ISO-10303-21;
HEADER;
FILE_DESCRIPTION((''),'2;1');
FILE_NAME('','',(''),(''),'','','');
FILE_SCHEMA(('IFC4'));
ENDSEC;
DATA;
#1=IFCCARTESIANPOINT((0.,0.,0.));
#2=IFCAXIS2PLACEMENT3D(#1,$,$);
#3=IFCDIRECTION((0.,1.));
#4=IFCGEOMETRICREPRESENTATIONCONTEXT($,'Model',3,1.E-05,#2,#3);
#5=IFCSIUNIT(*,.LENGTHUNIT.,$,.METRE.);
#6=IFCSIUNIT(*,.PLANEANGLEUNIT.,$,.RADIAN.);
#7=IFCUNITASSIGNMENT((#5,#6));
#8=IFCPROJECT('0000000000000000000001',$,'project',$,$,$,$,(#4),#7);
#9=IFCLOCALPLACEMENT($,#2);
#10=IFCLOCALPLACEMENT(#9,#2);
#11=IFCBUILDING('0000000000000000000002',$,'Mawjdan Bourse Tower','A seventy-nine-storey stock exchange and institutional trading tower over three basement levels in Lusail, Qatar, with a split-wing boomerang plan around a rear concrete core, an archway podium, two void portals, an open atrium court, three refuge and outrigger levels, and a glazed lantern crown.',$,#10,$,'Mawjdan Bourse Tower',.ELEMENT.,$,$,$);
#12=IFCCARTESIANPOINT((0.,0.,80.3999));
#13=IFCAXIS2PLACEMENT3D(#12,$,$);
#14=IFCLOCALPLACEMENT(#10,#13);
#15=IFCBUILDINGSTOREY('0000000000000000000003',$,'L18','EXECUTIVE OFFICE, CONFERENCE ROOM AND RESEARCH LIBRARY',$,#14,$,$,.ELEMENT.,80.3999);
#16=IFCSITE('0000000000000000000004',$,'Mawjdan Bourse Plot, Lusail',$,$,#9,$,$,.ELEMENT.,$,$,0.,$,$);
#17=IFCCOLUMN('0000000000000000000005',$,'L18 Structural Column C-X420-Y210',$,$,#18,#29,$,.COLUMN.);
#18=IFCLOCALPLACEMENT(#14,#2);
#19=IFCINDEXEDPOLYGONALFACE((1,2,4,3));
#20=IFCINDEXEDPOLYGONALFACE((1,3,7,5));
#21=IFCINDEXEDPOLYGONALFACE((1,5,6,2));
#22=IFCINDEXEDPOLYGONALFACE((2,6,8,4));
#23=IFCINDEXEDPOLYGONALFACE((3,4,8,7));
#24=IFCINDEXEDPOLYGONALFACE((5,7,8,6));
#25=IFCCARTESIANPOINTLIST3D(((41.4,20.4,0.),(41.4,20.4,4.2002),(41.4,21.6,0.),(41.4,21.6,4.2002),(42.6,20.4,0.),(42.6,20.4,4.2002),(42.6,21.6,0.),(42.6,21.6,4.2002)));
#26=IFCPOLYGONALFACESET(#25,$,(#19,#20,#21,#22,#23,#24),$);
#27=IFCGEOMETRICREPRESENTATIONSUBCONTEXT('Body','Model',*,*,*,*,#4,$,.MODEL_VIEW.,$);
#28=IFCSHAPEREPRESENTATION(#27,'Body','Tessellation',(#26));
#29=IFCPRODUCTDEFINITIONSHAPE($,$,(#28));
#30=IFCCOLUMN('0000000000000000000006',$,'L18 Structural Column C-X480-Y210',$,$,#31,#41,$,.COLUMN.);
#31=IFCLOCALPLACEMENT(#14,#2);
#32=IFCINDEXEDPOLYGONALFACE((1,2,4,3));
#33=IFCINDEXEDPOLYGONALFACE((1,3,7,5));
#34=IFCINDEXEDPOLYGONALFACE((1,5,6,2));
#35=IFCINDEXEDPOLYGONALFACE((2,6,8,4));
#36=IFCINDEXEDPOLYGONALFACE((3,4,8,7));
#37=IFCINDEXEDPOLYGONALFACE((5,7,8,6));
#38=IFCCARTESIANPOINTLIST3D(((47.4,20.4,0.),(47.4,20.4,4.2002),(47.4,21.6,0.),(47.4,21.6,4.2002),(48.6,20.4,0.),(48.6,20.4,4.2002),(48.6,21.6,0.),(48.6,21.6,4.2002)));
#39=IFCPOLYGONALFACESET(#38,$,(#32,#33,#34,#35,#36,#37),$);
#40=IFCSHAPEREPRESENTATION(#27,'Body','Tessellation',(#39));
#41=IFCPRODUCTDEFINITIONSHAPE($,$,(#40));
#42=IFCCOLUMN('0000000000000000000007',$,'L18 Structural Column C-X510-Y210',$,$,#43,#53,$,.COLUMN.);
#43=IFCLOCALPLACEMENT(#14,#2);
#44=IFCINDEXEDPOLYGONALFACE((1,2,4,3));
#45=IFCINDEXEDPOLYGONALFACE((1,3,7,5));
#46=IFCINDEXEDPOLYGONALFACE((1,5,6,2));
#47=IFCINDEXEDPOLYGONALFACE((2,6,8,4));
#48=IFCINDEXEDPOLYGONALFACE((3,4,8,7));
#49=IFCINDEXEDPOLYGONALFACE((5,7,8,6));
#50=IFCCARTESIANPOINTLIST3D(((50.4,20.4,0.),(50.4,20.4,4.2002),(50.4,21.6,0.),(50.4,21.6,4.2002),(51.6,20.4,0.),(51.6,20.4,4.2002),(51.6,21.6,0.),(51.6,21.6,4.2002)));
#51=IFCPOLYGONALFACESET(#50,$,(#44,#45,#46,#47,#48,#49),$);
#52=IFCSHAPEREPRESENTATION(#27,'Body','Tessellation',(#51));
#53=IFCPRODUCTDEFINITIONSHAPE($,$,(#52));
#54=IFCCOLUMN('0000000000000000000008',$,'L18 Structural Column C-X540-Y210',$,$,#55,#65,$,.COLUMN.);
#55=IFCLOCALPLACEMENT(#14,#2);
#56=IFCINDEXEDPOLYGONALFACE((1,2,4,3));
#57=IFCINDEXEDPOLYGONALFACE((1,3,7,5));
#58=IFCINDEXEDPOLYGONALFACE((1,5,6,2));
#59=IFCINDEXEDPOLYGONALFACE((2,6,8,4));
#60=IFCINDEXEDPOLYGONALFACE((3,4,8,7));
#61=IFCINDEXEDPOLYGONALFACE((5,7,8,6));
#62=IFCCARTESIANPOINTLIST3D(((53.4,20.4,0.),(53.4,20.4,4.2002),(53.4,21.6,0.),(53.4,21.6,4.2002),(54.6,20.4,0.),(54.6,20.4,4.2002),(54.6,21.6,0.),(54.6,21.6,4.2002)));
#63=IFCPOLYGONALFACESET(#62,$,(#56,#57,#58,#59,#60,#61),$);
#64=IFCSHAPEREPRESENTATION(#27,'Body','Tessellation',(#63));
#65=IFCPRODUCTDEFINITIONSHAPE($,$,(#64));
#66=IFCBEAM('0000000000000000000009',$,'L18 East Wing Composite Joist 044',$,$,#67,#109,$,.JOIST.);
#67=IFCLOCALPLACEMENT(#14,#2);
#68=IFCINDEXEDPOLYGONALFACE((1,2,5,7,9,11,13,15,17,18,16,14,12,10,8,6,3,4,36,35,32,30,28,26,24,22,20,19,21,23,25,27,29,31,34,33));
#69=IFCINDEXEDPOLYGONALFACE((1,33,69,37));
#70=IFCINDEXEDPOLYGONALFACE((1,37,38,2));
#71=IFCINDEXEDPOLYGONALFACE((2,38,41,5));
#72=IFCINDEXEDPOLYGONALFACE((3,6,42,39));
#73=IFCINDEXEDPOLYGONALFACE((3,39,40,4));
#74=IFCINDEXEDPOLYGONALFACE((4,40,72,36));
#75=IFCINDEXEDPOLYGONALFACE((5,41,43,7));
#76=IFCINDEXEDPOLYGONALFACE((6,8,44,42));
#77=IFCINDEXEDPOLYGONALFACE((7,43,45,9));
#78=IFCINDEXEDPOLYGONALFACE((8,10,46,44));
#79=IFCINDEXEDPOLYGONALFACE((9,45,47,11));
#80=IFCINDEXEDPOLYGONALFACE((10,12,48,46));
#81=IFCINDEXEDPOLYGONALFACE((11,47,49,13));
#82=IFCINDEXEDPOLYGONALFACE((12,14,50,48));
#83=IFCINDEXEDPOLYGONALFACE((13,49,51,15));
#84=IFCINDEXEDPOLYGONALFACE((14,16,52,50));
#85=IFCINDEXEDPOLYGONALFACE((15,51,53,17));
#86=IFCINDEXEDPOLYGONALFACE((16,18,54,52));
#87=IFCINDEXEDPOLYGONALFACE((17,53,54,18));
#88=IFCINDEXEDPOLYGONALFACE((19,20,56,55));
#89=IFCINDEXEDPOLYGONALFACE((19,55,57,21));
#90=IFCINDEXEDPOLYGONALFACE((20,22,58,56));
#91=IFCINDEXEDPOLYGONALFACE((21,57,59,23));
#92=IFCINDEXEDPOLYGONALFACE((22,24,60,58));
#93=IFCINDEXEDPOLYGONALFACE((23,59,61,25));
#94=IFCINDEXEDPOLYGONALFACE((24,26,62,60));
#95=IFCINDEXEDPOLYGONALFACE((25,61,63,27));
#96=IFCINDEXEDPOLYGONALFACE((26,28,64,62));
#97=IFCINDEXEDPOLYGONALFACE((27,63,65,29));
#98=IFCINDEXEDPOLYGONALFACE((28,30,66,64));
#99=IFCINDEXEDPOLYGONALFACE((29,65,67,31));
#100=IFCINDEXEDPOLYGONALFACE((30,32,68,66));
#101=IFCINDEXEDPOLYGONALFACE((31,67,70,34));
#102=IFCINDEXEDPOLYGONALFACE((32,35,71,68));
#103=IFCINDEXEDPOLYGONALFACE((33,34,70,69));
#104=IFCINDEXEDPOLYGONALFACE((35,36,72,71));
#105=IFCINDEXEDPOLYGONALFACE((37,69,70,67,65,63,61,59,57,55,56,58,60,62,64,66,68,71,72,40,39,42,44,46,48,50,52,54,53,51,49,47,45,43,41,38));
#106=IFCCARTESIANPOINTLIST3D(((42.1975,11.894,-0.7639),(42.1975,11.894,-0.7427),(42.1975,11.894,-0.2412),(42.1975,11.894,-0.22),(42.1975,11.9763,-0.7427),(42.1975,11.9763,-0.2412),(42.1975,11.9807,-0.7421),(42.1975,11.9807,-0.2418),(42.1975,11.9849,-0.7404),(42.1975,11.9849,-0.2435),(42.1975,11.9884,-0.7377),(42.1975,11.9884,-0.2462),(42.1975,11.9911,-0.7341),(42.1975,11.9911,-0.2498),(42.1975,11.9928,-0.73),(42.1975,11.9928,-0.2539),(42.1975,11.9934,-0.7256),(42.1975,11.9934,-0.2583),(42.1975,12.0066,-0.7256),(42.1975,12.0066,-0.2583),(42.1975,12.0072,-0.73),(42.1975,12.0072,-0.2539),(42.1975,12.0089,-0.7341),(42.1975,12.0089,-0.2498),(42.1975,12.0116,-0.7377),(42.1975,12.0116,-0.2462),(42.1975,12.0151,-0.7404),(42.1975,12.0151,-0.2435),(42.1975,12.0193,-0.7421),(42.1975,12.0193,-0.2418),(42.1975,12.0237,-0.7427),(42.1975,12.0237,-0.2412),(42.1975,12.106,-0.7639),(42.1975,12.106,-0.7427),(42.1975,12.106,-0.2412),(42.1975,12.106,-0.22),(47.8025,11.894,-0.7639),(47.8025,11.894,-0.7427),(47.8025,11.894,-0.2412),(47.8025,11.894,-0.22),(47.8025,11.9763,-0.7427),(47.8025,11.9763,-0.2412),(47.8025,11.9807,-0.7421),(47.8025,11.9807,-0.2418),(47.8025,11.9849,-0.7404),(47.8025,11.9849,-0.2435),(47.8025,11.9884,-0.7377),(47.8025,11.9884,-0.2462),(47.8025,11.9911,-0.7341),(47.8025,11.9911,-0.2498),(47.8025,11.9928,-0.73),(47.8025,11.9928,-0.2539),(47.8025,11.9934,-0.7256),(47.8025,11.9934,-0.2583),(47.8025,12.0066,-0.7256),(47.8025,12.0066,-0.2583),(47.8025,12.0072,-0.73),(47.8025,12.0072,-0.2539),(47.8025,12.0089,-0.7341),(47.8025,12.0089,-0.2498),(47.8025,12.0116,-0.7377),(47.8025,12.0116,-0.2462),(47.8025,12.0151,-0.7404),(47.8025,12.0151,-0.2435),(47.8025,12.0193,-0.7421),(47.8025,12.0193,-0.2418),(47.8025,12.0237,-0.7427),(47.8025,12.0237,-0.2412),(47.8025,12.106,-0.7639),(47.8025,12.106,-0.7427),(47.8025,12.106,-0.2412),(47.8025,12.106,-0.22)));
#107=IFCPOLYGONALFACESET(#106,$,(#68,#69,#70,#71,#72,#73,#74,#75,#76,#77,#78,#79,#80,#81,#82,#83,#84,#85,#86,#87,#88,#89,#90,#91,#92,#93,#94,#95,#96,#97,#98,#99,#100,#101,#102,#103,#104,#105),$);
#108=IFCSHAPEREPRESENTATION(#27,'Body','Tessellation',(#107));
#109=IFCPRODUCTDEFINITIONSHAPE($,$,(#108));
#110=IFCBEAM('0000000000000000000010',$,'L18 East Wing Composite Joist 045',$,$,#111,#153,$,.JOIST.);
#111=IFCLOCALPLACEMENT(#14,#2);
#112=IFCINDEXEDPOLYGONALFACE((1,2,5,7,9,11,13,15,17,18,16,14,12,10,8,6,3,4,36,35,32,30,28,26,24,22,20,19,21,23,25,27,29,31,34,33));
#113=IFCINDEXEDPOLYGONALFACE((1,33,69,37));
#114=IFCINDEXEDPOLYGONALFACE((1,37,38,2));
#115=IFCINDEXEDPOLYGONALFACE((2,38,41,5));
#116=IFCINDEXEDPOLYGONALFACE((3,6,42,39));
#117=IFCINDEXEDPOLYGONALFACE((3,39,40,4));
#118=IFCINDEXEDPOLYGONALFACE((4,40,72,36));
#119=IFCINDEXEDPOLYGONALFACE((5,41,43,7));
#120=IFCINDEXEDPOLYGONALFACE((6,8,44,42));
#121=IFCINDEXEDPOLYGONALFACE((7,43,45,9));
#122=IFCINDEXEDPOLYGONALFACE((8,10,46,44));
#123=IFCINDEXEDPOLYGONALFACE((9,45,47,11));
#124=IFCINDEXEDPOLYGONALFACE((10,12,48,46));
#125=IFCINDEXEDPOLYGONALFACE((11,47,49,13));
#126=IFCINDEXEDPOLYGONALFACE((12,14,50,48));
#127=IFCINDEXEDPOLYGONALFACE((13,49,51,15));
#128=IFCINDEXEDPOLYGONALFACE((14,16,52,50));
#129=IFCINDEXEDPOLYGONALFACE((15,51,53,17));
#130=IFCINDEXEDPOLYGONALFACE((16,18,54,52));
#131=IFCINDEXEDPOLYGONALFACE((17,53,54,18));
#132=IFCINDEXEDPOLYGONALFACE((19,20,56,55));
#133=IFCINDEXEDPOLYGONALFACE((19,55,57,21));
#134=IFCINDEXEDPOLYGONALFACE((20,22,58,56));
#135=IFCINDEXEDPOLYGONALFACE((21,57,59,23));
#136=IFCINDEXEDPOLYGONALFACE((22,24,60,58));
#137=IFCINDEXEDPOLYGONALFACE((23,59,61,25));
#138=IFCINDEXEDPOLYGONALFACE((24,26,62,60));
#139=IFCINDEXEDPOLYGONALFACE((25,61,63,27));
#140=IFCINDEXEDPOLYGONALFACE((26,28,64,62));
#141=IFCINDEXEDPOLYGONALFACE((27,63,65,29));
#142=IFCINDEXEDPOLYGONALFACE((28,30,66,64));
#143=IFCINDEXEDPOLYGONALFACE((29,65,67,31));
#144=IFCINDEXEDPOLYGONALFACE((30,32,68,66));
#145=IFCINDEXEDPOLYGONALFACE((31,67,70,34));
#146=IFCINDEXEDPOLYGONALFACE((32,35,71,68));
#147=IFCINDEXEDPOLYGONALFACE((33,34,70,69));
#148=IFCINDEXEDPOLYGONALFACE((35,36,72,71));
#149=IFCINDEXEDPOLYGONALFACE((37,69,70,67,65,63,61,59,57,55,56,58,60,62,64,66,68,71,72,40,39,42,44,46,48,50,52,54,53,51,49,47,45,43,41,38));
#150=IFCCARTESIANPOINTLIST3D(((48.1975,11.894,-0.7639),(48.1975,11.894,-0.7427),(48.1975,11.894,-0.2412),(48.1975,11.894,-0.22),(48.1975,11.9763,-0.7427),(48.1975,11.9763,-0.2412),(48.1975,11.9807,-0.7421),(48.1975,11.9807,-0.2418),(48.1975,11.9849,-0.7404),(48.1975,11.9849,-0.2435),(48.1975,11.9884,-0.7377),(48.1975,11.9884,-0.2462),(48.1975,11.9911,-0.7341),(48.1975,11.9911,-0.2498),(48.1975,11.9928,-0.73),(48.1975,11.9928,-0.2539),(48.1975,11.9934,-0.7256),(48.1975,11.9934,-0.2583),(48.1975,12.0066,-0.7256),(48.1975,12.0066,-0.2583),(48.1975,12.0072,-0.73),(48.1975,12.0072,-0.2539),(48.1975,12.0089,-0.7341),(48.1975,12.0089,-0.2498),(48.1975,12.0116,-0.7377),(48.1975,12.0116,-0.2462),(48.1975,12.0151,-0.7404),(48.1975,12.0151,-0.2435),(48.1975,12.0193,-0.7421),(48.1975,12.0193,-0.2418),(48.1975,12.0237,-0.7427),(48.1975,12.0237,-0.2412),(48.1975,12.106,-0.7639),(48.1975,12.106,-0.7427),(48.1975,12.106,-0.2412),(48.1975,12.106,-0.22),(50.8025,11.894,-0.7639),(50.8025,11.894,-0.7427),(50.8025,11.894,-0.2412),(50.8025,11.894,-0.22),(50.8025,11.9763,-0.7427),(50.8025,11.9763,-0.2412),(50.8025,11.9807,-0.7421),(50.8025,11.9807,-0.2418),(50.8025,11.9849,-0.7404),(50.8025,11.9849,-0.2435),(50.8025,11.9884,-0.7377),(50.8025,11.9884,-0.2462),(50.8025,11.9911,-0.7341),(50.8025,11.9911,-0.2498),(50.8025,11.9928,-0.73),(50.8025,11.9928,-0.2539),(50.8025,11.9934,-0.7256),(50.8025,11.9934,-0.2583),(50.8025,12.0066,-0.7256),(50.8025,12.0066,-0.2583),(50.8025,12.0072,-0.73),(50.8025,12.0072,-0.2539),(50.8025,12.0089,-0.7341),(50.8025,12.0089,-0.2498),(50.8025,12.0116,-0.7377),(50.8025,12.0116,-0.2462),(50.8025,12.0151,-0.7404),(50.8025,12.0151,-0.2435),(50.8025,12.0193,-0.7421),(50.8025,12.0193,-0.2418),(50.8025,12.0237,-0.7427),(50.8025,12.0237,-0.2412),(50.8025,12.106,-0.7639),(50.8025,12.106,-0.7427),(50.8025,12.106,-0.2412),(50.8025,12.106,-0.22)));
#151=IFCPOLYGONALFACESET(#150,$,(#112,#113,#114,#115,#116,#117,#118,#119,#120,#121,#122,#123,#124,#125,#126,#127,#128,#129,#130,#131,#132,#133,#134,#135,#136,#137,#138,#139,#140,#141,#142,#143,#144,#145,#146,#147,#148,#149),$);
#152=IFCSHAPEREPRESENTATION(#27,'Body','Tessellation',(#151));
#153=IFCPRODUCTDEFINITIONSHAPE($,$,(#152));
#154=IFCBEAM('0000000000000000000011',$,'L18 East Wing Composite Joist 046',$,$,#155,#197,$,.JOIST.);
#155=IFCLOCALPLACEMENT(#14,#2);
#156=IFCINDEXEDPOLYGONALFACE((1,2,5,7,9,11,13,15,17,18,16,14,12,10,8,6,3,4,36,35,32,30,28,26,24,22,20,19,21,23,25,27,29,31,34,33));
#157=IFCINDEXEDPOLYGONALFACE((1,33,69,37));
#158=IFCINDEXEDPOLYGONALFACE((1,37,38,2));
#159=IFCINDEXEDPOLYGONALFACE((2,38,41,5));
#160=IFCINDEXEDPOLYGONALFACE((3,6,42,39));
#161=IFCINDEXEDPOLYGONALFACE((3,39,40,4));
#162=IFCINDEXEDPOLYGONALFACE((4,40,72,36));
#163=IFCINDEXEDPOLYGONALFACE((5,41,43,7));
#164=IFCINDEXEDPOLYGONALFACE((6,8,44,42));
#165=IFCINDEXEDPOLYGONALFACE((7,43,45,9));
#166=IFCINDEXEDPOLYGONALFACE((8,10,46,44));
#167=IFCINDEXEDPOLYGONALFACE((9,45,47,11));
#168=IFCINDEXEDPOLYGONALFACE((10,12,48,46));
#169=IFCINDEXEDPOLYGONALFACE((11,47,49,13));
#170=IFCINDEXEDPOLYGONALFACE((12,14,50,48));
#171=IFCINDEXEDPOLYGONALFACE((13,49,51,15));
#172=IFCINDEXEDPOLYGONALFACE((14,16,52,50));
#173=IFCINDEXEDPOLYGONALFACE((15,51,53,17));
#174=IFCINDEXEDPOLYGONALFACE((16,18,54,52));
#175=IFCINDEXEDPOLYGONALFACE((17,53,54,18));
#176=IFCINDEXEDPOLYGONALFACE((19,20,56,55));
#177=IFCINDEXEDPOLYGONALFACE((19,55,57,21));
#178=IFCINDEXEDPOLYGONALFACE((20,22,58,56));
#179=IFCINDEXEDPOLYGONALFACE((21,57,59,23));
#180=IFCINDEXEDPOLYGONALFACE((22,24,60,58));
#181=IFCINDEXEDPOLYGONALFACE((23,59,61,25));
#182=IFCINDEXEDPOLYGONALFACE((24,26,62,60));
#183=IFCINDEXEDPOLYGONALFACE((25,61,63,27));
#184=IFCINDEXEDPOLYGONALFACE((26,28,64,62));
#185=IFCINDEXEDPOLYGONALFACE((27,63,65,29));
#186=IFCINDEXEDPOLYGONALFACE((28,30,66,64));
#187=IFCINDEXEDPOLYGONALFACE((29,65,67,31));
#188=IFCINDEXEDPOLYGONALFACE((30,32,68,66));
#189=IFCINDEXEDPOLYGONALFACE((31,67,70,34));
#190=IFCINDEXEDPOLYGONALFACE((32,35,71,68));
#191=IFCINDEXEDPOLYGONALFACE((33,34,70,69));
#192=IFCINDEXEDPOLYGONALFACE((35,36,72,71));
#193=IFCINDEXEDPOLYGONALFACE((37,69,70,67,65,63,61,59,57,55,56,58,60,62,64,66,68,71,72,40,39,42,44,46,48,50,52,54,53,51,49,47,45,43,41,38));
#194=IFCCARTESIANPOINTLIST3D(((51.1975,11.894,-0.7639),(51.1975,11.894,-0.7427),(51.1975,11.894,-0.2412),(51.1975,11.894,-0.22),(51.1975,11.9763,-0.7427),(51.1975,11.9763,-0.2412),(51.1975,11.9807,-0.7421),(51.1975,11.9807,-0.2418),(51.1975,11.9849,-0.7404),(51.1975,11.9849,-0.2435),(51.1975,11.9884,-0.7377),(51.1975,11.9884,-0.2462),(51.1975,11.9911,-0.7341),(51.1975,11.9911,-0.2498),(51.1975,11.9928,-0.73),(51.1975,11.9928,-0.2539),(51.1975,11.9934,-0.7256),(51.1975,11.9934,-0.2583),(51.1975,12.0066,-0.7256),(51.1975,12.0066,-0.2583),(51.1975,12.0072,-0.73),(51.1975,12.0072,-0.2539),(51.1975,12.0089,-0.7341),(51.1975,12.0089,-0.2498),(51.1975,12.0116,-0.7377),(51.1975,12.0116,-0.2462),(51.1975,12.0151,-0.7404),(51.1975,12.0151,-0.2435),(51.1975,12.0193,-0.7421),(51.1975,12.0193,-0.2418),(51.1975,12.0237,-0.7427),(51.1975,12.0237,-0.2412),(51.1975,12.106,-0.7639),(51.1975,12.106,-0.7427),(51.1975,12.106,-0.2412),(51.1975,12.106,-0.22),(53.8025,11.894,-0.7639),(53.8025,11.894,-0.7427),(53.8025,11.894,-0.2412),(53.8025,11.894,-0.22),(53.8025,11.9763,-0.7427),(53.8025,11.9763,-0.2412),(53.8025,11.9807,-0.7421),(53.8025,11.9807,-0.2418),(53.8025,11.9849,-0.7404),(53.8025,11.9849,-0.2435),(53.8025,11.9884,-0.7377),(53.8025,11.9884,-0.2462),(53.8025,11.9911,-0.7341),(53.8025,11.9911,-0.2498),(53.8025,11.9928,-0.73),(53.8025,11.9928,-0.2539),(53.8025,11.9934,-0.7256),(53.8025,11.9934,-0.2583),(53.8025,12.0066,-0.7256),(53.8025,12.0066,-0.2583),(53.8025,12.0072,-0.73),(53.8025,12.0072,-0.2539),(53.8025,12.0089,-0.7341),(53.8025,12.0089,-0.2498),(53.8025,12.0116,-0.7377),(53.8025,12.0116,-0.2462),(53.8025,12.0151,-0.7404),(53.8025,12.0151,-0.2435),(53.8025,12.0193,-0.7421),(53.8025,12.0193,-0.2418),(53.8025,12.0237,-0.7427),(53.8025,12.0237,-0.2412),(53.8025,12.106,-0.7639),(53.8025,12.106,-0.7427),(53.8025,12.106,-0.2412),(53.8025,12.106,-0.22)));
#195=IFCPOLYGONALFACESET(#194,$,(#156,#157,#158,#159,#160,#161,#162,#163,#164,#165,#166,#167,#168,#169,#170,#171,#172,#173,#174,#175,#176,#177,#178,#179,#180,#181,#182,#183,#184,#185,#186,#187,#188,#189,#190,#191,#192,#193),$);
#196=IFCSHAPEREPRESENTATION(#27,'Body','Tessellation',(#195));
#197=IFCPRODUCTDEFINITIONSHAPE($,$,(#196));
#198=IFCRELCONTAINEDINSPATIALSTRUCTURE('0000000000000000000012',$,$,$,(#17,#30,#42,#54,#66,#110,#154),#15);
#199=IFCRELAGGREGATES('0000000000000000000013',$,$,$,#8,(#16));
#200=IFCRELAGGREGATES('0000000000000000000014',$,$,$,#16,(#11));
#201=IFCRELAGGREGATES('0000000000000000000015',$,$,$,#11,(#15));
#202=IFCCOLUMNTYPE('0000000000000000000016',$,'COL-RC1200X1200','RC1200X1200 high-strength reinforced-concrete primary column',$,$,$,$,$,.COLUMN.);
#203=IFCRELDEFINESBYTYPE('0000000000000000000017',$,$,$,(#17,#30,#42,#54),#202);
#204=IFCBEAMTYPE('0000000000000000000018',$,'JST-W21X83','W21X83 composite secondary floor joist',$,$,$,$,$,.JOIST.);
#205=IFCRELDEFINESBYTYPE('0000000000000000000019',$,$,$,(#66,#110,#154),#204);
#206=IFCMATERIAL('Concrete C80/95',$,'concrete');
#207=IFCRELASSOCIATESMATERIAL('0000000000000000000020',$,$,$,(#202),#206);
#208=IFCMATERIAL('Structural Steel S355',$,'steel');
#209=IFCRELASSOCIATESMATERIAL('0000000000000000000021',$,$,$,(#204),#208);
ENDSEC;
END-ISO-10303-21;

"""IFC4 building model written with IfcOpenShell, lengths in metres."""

from ifc_helpers import new_model, si_unit, direction, frame, origin, origin_2d, place, context, subcontext, project, spatial, rectangle, i_section, extrude, material, material_profile, profile_set, type_object, element, save


model = new_model("IFC4")

# Units and contexts
model_context = context("Model", 3, precision=1e-05, world=origin(), true_north=direction((0.0, 1.0)))
body_context = subcontext(model_context, "Body", "Model", "MODEL_VIEW")
ifc_project = project(units=[si_unit("LENGTHUNIT", "METRE"), si_unit("PLANEANGLEUNIT", "RADIAN")], contexts=[model_context])

# Site, building, storey
site_placement = place(None, origin())
site = spatial("IfcSite", under=ifc_project, at=site_placement, Name="Mawjdan Bourse Plot, Lusail", CompositionType="ELEMENT", RefElevation=0.0)
building_placement = place(site_placement, origin())
building = spatial("IfcBuilding", under=site, at=building_placement, Name="Mawjdan Bourse Tower", Description="A seventy-nine-storey stock exchange and institutional trading tower over three basement levels in Lusail, Qatar, with a split-wing boomerang plan around a rear concrete core, an archway podium, two void portals, an open atrium court, three refuge and outrigger levels, and a glazed lantern crown.", LongName="Mawjdan Bourse Tower", CompositionType="ELEMENT")
storey_placement = place(building_placement, frame((0.0, 0.0, 80.3999)))
storey = spatial("IfcBuildingStorey", under=building, at=storey_placement, Name="L18", Description="EXECUTIVE OFFICE, CONFERENCE ROOM AND RESEARCH LIBRARY", CompositionType="ELEMENT", Elevation=80.3999)

# Columns
ifc_material_1 = material(Name="Concrete C80/95", Category="concrete")
ifc_material_profile_1 = material_profile(ifc_material_1, rectangle(XDim=1.2, YDim=1.2, at=origin_2d()), Name="RC1200X1200")
ifc_profile_set_1 = profile_set([ifc_material_profile_1], Name="Concrete C80/95")
column_type = type_object("IfcColumnType", Name="COL-RC1200X1200", Description="RC1200X1200 high-strength reinforced-concrete primary column", PredefinedType="COLUMN", material=ifc_profile_set_1)
for number, where, z_axis, x_axis, name in (
    (1, (42.0, 21.0, 0.0), (0.0, 0.0, 1.0), (1.0, 0.0, 0.0), "L18 Structural Column C-X420-Y210"),
    (2, (48.0, 21.0, 0.0), (0.0, 0.0, 1.0), (1.0, 0.0, 0.0), "L18 Structural Column C-X480-Y210"),
    (3, (51.0, 21.0, 0.0), (0.0, 0.0, 1.0), (1.0, 0.0, 0.0), "L18 Structural Column C-X510-Y210"),
    (4, (54.0, 21.0, 0.0), (0.0, 0.0, 1.0), (1.0, 0.0, 0.0), "L18 Structural Column C-X540-Y210"),
):
    element("IfcColumn", number, at=place(storey_placement, frame(where, z_axis=z_axis, x_axis=x_axis)), inside=storey, type_object=column_type, Name=name, PredefinedType="COLUMN", context=body_context, shape_type="SweptSolid", body=[
        extrude(rectangle(XDim=1.2, YDim=1.2, at=origin_2d()), origin(), (0.0, 0.0, 1.0), 4.2002),
    ])

# Beams
ifc_material_2 = material(Name="Structural Steel S355", Category="steel")
ifc_material_profile_2 = material_profile(ifc_material_2, i_section(OverallWidth=0.2119, OverallDepth=0.5439, WebThickness=0.0132, FlangeThickness=0.0212, FilletRadius=0.0171, at=origin_2d()), Name="W21X83")
ifc_profile_set_2 = profile_set([ifc_material_profile_2], Name="Structural Steel S355")
beam_type_1 = type_object("IfcBeamType", Name="JST-W21X83", Description="W21X83 composite secondary floor joist", PredefinedType="JOIST", material=ifc_profile_set_2)
beam_1_placement = place(storey_placement, frame((42.1975, 12.0, -0.4919), z_axis=(1.0, 0.0, 0.0), x_axis=(0.0, 1.0, 0.0)))
element("IfcBeam", 5, at=beam_1_placement, inside=storey, type_object=beam_type_1, Name="L18 East Wing Composite Joist 044", PredefinedType="JOIST", context=body_context, shape_type="SweptSolid", body=[
    extrude(i_section(OverallWidth=0.2119, OverallDepth=0.5439, WebThickness=0.0132, FlangeThickness=0.0212, FilletRadius=0.0171, at=origin_2d()), origin(), (0.0, 0.0, 1.0), 5.605),
])
for number, where, z_axis, x_axis, name in (
    (6, (48.1975, 12.0, -0.4919), (1.0, 0.0, 0.0), (0.0, 1.0, 0.0), "L18 East Wing Composite Joist 045"),
    (7, (51.1975, 12.0, -0.4919), (1.0, 0.0, 0.0), (0.0, 1.0, 0.0), "L18 East Wing Composite Joist 046"),
):
    element("IfcBeam", number, at=place(storey_placement, frame(where, z_axis=z_axis, x_axis=x_axis)), inside=storey, type_object=beam_type_1, Name=name, PredefinedType="JOIST", context=body_context, shape_type="SweptSolid", body=[
        extrude(i_section(OverallWidth=0.2119, OverallDepth=0.5439, WebThickness=0.0132, FlangeThickness=0.0212, FilletRadius=0.0171, at=origin_2d()), origin(), (0.0, 0.0, 1.0), 2.605),
    ])

save(model, "model.ifc")
